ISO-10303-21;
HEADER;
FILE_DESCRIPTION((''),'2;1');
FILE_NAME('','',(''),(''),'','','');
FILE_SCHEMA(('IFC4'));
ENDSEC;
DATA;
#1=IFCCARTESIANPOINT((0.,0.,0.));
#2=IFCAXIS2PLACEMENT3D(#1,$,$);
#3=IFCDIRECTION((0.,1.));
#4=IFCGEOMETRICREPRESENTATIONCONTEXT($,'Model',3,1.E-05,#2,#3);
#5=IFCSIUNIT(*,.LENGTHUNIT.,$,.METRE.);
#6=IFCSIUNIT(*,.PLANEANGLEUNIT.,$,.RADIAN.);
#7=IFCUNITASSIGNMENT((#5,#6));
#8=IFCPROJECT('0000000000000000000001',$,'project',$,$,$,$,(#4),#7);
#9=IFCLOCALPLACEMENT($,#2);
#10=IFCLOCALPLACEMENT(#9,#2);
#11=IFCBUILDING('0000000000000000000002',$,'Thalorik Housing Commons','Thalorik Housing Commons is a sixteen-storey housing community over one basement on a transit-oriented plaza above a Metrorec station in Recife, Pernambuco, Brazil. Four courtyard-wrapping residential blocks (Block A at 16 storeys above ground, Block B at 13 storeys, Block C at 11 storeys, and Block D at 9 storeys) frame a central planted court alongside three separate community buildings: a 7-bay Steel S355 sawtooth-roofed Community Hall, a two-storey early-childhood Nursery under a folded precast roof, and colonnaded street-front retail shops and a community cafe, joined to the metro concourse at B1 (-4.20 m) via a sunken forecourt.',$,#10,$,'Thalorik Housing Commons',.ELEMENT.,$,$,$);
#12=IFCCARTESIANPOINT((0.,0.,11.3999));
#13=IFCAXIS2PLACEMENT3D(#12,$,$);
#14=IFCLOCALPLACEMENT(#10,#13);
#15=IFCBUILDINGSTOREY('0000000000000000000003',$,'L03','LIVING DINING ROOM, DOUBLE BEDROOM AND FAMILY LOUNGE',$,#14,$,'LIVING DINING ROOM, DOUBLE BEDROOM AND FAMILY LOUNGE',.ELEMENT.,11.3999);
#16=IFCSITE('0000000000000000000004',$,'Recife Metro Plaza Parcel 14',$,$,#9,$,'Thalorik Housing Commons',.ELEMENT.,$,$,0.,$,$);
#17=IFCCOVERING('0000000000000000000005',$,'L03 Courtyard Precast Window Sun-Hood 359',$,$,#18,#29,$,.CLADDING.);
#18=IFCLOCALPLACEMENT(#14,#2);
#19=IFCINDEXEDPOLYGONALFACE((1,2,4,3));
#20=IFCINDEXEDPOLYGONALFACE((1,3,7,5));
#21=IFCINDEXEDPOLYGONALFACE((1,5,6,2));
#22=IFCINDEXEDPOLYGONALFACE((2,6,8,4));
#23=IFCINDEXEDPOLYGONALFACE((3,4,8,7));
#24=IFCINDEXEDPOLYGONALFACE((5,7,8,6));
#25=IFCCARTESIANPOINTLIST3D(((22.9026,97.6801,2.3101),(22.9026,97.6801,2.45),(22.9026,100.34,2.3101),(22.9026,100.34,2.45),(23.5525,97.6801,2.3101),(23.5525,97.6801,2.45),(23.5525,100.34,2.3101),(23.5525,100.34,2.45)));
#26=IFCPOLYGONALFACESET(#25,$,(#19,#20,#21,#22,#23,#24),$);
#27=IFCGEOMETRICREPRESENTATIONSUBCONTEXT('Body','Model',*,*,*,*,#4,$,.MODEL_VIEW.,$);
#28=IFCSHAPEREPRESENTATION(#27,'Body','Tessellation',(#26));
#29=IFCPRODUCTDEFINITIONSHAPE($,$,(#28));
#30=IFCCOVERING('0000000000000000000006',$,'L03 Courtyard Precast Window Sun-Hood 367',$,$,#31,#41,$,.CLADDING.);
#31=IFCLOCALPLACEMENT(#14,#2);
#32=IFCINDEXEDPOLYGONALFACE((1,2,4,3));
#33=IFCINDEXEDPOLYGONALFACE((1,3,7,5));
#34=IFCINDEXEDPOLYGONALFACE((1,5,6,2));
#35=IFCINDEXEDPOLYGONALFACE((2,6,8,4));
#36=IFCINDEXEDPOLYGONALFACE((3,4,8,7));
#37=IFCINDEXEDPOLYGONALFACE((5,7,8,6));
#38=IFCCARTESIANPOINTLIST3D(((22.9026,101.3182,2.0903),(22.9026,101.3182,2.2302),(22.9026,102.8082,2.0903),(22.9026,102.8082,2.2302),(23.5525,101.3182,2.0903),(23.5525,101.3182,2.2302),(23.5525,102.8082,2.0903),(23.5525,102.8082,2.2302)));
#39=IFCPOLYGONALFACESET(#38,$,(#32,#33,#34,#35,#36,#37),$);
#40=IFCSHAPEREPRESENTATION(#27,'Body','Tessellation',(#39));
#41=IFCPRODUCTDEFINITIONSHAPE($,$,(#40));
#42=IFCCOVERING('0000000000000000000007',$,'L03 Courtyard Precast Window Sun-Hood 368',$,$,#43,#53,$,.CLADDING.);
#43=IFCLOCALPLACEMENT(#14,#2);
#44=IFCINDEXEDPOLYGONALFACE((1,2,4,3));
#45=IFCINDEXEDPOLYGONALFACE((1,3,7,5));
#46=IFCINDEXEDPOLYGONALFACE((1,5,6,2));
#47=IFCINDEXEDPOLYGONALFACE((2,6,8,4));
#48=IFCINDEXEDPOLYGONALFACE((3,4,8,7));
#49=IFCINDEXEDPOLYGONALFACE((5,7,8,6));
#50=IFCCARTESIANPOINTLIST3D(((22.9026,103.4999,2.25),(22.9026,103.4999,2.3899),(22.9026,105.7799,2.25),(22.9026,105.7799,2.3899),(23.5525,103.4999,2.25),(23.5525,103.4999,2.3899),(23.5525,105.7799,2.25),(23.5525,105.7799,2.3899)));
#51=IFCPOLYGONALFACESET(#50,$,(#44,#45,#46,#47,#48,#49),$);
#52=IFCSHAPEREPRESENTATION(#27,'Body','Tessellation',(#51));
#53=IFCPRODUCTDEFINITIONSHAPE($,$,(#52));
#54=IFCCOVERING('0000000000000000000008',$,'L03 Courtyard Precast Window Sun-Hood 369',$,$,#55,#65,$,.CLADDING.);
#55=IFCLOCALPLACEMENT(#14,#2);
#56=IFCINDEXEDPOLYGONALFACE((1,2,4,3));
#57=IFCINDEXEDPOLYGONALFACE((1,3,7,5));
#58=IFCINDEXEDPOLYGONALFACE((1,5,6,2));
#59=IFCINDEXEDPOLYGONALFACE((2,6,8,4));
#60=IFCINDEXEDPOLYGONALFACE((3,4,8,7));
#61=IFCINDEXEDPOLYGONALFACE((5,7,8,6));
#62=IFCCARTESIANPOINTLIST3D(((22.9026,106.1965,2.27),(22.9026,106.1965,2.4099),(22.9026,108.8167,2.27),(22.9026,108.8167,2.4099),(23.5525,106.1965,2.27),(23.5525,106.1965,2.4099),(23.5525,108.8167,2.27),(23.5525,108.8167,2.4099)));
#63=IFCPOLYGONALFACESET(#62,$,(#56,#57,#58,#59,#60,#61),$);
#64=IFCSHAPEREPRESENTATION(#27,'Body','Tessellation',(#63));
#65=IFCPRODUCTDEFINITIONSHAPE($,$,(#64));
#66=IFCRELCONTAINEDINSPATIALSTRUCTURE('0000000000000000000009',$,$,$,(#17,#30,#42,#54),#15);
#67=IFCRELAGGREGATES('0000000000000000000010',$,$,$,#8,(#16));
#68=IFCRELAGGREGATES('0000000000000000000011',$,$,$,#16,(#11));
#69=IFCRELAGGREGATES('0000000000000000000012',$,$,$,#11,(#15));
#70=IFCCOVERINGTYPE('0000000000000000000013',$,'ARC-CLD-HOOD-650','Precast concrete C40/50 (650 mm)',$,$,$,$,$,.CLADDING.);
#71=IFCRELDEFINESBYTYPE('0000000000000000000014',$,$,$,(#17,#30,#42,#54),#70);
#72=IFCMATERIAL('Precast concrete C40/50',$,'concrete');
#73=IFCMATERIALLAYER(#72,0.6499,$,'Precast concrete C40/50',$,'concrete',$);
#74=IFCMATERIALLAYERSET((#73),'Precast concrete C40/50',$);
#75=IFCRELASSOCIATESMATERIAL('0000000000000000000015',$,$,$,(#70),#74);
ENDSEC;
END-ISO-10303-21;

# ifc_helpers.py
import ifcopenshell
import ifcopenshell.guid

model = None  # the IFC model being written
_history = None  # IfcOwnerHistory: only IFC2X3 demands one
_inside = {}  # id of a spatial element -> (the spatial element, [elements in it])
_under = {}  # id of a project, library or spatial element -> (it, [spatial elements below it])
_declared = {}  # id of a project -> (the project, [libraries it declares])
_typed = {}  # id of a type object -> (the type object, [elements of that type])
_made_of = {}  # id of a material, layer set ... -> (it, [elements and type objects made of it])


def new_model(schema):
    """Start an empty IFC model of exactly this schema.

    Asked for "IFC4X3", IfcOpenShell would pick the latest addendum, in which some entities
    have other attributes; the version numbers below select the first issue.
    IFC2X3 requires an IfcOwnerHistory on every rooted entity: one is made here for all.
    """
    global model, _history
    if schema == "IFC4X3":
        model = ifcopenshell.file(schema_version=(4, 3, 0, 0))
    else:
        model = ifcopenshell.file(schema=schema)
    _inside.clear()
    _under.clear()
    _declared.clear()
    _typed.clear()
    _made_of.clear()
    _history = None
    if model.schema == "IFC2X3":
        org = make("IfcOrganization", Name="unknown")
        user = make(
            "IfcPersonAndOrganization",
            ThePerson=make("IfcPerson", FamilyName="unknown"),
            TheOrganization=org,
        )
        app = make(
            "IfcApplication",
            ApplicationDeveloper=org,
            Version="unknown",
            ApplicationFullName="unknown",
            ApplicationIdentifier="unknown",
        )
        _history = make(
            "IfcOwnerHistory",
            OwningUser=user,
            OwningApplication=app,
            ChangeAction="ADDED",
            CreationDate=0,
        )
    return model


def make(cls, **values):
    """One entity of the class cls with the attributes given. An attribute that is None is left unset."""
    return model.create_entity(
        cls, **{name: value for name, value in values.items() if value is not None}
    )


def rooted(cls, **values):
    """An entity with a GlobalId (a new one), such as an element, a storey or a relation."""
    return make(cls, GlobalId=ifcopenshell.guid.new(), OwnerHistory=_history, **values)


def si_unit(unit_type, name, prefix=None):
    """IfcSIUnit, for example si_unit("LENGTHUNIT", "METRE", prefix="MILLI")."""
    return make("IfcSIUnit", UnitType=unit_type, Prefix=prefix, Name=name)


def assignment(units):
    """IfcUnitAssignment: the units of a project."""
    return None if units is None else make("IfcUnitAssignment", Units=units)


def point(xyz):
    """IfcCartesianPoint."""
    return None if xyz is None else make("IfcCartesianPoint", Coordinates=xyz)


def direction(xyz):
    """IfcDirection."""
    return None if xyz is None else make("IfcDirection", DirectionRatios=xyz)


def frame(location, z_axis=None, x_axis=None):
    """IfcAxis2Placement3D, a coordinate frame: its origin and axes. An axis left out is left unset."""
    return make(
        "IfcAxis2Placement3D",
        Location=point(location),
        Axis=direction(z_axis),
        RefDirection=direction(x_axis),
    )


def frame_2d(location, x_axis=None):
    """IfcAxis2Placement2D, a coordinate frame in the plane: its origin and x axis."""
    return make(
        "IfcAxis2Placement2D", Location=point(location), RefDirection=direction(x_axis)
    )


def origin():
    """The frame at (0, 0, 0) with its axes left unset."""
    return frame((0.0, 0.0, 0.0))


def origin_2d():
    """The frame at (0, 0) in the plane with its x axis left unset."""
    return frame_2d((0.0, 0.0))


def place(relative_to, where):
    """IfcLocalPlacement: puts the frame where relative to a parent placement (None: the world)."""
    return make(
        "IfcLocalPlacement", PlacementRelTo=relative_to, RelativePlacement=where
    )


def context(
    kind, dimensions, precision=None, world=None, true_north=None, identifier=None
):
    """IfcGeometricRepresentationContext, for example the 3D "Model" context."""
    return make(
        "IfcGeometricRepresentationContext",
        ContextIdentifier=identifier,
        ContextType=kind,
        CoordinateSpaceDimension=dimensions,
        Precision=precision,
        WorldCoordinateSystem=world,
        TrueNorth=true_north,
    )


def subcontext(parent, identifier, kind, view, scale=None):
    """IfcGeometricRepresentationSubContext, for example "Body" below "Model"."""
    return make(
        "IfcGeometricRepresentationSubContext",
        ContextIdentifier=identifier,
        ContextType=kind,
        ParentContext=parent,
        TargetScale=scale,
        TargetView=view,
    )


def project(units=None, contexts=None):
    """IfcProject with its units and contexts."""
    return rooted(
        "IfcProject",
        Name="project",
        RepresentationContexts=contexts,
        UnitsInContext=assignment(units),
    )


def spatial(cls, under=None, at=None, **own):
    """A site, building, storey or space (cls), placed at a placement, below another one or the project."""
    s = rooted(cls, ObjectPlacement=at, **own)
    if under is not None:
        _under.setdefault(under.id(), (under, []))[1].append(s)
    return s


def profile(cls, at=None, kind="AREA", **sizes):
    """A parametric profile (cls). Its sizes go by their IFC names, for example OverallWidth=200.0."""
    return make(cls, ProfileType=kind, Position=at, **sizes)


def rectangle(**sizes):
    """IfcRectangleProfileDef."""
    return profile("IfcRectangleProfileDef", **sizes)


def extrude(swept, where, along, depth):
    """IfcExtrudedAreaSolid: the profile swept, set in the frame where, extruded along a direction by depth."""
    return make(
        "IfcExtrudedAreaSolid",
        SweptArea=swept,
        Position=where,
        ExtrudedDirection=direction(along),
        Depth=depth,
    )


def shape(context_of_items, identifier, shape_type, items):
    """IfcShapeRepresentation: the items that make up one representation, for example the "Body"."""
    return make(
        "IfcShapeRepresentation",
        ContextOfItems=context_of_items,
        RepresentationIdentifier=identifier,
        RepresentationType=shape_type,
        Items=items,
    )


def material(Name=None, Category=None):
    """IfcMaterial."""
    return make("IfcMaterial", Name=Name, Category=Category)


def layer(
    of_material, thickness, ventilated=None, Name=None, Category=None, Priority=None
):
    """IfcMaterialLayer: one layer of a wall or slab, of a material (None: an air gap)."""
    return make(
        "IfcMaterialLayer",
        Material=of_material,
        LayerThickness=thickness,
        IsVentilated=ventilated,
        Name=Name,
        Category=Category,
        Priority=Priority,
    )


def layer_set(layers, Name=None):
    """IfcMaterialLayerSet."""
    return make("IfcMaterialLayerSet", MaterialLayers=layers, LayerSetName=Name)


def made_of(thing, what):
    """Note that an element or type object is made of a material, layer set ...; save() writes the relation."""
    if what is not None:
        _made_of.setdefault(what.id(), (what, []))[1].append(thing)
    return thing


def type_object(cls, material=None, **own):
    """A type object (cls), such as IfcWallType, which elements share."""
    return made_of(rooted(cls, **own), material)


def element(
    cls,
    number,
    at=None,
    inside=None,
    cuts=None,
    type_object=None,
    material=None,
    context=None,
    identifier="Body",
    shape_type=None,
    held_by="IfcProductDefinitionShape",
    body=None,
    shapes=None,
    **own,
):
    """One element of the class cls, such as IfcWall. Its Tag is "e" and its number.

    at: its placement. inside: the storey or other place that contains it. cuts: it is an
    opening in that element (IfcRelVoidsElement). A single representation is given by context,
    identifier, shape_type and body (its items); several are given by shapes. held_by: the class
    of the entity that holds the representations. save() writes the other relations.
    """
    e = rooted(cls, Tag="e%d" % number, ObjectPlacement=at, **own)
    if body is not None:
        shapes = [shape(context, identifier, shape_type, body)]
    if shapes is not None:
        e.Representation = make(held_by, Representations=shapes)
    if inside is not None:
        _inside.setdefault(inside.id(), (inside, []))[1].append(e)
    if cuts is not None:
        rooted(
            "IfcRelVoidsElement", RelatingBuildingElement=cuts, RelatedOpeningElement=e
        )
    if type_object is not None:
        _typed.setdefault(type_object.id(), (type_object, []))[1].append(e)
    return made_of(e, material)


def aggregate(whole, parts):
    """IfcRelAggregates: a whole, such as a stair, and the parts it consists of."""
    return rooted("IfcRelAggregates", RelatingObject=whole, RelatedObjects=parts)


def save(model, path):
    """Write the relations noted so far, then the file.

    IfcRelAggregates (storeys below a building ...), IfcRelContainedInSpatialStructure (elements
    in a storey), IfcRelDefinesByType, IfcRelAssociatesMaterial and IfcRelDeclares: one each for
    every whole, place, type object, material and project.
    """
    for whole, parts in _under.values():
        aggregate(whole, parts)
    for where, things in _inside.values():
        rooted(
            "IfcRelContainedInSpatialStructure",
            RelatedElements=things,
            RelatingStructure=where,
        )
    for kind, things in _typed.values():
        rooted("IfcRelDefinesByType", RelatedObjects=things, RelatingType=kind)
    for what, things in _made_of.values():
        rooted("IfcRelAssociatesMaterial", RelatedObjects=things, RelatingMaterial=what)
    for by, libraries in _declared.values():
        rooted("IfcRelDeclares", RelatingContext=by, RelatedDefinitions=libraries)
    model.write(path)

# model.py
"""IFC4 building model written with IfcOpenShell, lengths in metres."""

from ifc_helpers import new_model, si_unit, direction, frame, origin, origin_2d, place, context, subcontext, project, spatial, rectangle, extrude, material, layer, layer_set, type_object, element, save


model = new_model("IFC4")

# Units and contexts
model_context = context("Model", 3, precision=1e-05, world=origin(), true_north=direction((0.0, 1.0)))
body_context = subcontext(model_context, "Body", "Model", "MODEL_VIEW")
ifc_project = project(units=[si_unit("LENGTHUNIT", "METRE"), si_unit("PLANEANGLEUNIT", "RADIAN")], contexts=[model_context])

# Site, building, storey
site_placement = place(None, origin())
site = spatial("IfcSite", under=ifc_project, at=site_placement, Name="Recife Metro Plaza Parcel 14", LongName="Thalorik Housing Commons", CompositionType="ELEMENT", RefElevation=0.0)
building_placement = place(site_placement, origin())
building = spatial("IfcBuilding", under=site, at=building_placement, Name="Thalorik Housing Commons", Description="Thalorik Housing Commons is a sixteen-storey housing community over one basement on a transit-oriented plaza above a Metrorec station in Recife, Pernambuco, Brazil. Four courtyard-wrapping residential blocks (Block A at 16 storeys above ground, Block B at 13 storeys, Block C at 11 storeys, and Block D at 9 storeys) frame a central planted court alongside three separate community buildings: a 7-bay Steel S355 sawtooth-roofed Community Hall, a two-storey early-childhood Nursery under a folded precast roof, and colonnaded street-front retail shops and a community cafe, joined to the metro concourse at B1 (-4.20 m) via a sunken forecourt.", LongName="Thalorik Housing Commons", CompositionType="ELEMENT")
storey_placement = place(building_placement, frame((0.0, 0.0, 11.3999)))
storey = spatial("IfcBuildingStorey", under=building, at=storey_placement, Name="L03", Description="LIVING DINING ROOM, DOUBLE BEDROOM AND FAMILY LOUNGE", LongName="LIVING DINING ROOM, DOUBLE BEDROOM AND FAMILY LOUNGE", CompositionType="ELEMENT", Elevation=11.3999)

# Shared definitions
ifc_material_1 = material(Name="Precast concrete C40/50", Category="concrete")

# Coverings
ifc_layer_1 = layer(ifc_material_1, 0.6499, Name="Precast concrete C40/50", Category="concrete")
ifc_layer_set_1 = layer_set([ifc_layer_1], Name="Precast concrete C40/50")
covering_type_1 = type_object("IfcCoveringType", Name="ARC-CLD-HOOD-650", Description="Precast concrete C40/50 (650 mm)", PredefinedType="CLADDING", material=ifc_layer_set_1)
covering_1_placement = place(storey_placement, frame((23.2275, 99.01, 2.3101), z_axis=(0.0, 0.0, 1.0), x_axis=(0.0, 1.0, 0.0)))
element("IfcCovering", 1, at=covering_1_placement, inside=storey, type_object=covering_type_1, Name="L03 Courtyard Precast Window Sun-Hood 359", PredefinedType="CLADDING", context=body_context, shape_type="SweptSolid", body=[
    extrude(rectangle(XDim=2.6599, YDim=0.6499, at=origin_2d()), origin(), (0.0, 0.0, 1.0), 0.1399),
])
covering_2_placement = place(storey_placement, frame((23.2275, 102.0632, 2.0903), z_axis=(0.0, 0.0, 1.0), x_axis=(0.0, 1.0, 0.0)))
element("IfcCovering", 2, at=covering_2_placement, inside=storey, type_object=covering_type_1, Name="L03 Courtyard Precast Window Sun-Hood 367", PredefinedType="CLADDING", context=body_context, shape_type="SweptSolid", body=[
    extrude(rectangle(XDim=1.49, YDim=0.6499, at=origin_2d()), origin(), (0.0, 0.0, 1.0), 0.1399),
])
covering_3_placement = place(storey_placement, frame((23.2275, 104.6399, 2.25), z_axis=(0.0, 0.0, 1.0), x_axis=(0.0, 1.0, 0.0)))
element("IfcCovering", 3, at=covering_3_placement, inside=storey, type_object=covering_type_1, Name="L03 Courtyard Precast Window Sun-Hood 368", PredefinedType="CLADDING", context=body_context, shape_type="SweptSolid", body=[
    extrude(rectangle(XDim=2.28, YDim=0.6499, at=origin_2d()), origin(), (0.0, 0.0, 1.0), 0.1399),
])
covering_4_placement = place(storey_placement, frame((23.2275, 107.5066, 2.27), z_axis=(0.0, 0.0, 1.0), x_axis=(0.0, 1.0, 0.0)))
element("IfcCovering", 4, at=covering_4_placement, inside=storey, type_object=covering_type_1, Name="L03 Courtyard Precast Window Sun-Hood 369", PredefinedType="CLADDING", context=body_context, shape_type="SweptSolid", body=[
    extrude(rectangle(XDim=2.6201, YDim=0.6499, at=origin_2d()), origin(), (0.0, 0.0, 1.0), 0.1399),
])

save(model, "model.ifc")
